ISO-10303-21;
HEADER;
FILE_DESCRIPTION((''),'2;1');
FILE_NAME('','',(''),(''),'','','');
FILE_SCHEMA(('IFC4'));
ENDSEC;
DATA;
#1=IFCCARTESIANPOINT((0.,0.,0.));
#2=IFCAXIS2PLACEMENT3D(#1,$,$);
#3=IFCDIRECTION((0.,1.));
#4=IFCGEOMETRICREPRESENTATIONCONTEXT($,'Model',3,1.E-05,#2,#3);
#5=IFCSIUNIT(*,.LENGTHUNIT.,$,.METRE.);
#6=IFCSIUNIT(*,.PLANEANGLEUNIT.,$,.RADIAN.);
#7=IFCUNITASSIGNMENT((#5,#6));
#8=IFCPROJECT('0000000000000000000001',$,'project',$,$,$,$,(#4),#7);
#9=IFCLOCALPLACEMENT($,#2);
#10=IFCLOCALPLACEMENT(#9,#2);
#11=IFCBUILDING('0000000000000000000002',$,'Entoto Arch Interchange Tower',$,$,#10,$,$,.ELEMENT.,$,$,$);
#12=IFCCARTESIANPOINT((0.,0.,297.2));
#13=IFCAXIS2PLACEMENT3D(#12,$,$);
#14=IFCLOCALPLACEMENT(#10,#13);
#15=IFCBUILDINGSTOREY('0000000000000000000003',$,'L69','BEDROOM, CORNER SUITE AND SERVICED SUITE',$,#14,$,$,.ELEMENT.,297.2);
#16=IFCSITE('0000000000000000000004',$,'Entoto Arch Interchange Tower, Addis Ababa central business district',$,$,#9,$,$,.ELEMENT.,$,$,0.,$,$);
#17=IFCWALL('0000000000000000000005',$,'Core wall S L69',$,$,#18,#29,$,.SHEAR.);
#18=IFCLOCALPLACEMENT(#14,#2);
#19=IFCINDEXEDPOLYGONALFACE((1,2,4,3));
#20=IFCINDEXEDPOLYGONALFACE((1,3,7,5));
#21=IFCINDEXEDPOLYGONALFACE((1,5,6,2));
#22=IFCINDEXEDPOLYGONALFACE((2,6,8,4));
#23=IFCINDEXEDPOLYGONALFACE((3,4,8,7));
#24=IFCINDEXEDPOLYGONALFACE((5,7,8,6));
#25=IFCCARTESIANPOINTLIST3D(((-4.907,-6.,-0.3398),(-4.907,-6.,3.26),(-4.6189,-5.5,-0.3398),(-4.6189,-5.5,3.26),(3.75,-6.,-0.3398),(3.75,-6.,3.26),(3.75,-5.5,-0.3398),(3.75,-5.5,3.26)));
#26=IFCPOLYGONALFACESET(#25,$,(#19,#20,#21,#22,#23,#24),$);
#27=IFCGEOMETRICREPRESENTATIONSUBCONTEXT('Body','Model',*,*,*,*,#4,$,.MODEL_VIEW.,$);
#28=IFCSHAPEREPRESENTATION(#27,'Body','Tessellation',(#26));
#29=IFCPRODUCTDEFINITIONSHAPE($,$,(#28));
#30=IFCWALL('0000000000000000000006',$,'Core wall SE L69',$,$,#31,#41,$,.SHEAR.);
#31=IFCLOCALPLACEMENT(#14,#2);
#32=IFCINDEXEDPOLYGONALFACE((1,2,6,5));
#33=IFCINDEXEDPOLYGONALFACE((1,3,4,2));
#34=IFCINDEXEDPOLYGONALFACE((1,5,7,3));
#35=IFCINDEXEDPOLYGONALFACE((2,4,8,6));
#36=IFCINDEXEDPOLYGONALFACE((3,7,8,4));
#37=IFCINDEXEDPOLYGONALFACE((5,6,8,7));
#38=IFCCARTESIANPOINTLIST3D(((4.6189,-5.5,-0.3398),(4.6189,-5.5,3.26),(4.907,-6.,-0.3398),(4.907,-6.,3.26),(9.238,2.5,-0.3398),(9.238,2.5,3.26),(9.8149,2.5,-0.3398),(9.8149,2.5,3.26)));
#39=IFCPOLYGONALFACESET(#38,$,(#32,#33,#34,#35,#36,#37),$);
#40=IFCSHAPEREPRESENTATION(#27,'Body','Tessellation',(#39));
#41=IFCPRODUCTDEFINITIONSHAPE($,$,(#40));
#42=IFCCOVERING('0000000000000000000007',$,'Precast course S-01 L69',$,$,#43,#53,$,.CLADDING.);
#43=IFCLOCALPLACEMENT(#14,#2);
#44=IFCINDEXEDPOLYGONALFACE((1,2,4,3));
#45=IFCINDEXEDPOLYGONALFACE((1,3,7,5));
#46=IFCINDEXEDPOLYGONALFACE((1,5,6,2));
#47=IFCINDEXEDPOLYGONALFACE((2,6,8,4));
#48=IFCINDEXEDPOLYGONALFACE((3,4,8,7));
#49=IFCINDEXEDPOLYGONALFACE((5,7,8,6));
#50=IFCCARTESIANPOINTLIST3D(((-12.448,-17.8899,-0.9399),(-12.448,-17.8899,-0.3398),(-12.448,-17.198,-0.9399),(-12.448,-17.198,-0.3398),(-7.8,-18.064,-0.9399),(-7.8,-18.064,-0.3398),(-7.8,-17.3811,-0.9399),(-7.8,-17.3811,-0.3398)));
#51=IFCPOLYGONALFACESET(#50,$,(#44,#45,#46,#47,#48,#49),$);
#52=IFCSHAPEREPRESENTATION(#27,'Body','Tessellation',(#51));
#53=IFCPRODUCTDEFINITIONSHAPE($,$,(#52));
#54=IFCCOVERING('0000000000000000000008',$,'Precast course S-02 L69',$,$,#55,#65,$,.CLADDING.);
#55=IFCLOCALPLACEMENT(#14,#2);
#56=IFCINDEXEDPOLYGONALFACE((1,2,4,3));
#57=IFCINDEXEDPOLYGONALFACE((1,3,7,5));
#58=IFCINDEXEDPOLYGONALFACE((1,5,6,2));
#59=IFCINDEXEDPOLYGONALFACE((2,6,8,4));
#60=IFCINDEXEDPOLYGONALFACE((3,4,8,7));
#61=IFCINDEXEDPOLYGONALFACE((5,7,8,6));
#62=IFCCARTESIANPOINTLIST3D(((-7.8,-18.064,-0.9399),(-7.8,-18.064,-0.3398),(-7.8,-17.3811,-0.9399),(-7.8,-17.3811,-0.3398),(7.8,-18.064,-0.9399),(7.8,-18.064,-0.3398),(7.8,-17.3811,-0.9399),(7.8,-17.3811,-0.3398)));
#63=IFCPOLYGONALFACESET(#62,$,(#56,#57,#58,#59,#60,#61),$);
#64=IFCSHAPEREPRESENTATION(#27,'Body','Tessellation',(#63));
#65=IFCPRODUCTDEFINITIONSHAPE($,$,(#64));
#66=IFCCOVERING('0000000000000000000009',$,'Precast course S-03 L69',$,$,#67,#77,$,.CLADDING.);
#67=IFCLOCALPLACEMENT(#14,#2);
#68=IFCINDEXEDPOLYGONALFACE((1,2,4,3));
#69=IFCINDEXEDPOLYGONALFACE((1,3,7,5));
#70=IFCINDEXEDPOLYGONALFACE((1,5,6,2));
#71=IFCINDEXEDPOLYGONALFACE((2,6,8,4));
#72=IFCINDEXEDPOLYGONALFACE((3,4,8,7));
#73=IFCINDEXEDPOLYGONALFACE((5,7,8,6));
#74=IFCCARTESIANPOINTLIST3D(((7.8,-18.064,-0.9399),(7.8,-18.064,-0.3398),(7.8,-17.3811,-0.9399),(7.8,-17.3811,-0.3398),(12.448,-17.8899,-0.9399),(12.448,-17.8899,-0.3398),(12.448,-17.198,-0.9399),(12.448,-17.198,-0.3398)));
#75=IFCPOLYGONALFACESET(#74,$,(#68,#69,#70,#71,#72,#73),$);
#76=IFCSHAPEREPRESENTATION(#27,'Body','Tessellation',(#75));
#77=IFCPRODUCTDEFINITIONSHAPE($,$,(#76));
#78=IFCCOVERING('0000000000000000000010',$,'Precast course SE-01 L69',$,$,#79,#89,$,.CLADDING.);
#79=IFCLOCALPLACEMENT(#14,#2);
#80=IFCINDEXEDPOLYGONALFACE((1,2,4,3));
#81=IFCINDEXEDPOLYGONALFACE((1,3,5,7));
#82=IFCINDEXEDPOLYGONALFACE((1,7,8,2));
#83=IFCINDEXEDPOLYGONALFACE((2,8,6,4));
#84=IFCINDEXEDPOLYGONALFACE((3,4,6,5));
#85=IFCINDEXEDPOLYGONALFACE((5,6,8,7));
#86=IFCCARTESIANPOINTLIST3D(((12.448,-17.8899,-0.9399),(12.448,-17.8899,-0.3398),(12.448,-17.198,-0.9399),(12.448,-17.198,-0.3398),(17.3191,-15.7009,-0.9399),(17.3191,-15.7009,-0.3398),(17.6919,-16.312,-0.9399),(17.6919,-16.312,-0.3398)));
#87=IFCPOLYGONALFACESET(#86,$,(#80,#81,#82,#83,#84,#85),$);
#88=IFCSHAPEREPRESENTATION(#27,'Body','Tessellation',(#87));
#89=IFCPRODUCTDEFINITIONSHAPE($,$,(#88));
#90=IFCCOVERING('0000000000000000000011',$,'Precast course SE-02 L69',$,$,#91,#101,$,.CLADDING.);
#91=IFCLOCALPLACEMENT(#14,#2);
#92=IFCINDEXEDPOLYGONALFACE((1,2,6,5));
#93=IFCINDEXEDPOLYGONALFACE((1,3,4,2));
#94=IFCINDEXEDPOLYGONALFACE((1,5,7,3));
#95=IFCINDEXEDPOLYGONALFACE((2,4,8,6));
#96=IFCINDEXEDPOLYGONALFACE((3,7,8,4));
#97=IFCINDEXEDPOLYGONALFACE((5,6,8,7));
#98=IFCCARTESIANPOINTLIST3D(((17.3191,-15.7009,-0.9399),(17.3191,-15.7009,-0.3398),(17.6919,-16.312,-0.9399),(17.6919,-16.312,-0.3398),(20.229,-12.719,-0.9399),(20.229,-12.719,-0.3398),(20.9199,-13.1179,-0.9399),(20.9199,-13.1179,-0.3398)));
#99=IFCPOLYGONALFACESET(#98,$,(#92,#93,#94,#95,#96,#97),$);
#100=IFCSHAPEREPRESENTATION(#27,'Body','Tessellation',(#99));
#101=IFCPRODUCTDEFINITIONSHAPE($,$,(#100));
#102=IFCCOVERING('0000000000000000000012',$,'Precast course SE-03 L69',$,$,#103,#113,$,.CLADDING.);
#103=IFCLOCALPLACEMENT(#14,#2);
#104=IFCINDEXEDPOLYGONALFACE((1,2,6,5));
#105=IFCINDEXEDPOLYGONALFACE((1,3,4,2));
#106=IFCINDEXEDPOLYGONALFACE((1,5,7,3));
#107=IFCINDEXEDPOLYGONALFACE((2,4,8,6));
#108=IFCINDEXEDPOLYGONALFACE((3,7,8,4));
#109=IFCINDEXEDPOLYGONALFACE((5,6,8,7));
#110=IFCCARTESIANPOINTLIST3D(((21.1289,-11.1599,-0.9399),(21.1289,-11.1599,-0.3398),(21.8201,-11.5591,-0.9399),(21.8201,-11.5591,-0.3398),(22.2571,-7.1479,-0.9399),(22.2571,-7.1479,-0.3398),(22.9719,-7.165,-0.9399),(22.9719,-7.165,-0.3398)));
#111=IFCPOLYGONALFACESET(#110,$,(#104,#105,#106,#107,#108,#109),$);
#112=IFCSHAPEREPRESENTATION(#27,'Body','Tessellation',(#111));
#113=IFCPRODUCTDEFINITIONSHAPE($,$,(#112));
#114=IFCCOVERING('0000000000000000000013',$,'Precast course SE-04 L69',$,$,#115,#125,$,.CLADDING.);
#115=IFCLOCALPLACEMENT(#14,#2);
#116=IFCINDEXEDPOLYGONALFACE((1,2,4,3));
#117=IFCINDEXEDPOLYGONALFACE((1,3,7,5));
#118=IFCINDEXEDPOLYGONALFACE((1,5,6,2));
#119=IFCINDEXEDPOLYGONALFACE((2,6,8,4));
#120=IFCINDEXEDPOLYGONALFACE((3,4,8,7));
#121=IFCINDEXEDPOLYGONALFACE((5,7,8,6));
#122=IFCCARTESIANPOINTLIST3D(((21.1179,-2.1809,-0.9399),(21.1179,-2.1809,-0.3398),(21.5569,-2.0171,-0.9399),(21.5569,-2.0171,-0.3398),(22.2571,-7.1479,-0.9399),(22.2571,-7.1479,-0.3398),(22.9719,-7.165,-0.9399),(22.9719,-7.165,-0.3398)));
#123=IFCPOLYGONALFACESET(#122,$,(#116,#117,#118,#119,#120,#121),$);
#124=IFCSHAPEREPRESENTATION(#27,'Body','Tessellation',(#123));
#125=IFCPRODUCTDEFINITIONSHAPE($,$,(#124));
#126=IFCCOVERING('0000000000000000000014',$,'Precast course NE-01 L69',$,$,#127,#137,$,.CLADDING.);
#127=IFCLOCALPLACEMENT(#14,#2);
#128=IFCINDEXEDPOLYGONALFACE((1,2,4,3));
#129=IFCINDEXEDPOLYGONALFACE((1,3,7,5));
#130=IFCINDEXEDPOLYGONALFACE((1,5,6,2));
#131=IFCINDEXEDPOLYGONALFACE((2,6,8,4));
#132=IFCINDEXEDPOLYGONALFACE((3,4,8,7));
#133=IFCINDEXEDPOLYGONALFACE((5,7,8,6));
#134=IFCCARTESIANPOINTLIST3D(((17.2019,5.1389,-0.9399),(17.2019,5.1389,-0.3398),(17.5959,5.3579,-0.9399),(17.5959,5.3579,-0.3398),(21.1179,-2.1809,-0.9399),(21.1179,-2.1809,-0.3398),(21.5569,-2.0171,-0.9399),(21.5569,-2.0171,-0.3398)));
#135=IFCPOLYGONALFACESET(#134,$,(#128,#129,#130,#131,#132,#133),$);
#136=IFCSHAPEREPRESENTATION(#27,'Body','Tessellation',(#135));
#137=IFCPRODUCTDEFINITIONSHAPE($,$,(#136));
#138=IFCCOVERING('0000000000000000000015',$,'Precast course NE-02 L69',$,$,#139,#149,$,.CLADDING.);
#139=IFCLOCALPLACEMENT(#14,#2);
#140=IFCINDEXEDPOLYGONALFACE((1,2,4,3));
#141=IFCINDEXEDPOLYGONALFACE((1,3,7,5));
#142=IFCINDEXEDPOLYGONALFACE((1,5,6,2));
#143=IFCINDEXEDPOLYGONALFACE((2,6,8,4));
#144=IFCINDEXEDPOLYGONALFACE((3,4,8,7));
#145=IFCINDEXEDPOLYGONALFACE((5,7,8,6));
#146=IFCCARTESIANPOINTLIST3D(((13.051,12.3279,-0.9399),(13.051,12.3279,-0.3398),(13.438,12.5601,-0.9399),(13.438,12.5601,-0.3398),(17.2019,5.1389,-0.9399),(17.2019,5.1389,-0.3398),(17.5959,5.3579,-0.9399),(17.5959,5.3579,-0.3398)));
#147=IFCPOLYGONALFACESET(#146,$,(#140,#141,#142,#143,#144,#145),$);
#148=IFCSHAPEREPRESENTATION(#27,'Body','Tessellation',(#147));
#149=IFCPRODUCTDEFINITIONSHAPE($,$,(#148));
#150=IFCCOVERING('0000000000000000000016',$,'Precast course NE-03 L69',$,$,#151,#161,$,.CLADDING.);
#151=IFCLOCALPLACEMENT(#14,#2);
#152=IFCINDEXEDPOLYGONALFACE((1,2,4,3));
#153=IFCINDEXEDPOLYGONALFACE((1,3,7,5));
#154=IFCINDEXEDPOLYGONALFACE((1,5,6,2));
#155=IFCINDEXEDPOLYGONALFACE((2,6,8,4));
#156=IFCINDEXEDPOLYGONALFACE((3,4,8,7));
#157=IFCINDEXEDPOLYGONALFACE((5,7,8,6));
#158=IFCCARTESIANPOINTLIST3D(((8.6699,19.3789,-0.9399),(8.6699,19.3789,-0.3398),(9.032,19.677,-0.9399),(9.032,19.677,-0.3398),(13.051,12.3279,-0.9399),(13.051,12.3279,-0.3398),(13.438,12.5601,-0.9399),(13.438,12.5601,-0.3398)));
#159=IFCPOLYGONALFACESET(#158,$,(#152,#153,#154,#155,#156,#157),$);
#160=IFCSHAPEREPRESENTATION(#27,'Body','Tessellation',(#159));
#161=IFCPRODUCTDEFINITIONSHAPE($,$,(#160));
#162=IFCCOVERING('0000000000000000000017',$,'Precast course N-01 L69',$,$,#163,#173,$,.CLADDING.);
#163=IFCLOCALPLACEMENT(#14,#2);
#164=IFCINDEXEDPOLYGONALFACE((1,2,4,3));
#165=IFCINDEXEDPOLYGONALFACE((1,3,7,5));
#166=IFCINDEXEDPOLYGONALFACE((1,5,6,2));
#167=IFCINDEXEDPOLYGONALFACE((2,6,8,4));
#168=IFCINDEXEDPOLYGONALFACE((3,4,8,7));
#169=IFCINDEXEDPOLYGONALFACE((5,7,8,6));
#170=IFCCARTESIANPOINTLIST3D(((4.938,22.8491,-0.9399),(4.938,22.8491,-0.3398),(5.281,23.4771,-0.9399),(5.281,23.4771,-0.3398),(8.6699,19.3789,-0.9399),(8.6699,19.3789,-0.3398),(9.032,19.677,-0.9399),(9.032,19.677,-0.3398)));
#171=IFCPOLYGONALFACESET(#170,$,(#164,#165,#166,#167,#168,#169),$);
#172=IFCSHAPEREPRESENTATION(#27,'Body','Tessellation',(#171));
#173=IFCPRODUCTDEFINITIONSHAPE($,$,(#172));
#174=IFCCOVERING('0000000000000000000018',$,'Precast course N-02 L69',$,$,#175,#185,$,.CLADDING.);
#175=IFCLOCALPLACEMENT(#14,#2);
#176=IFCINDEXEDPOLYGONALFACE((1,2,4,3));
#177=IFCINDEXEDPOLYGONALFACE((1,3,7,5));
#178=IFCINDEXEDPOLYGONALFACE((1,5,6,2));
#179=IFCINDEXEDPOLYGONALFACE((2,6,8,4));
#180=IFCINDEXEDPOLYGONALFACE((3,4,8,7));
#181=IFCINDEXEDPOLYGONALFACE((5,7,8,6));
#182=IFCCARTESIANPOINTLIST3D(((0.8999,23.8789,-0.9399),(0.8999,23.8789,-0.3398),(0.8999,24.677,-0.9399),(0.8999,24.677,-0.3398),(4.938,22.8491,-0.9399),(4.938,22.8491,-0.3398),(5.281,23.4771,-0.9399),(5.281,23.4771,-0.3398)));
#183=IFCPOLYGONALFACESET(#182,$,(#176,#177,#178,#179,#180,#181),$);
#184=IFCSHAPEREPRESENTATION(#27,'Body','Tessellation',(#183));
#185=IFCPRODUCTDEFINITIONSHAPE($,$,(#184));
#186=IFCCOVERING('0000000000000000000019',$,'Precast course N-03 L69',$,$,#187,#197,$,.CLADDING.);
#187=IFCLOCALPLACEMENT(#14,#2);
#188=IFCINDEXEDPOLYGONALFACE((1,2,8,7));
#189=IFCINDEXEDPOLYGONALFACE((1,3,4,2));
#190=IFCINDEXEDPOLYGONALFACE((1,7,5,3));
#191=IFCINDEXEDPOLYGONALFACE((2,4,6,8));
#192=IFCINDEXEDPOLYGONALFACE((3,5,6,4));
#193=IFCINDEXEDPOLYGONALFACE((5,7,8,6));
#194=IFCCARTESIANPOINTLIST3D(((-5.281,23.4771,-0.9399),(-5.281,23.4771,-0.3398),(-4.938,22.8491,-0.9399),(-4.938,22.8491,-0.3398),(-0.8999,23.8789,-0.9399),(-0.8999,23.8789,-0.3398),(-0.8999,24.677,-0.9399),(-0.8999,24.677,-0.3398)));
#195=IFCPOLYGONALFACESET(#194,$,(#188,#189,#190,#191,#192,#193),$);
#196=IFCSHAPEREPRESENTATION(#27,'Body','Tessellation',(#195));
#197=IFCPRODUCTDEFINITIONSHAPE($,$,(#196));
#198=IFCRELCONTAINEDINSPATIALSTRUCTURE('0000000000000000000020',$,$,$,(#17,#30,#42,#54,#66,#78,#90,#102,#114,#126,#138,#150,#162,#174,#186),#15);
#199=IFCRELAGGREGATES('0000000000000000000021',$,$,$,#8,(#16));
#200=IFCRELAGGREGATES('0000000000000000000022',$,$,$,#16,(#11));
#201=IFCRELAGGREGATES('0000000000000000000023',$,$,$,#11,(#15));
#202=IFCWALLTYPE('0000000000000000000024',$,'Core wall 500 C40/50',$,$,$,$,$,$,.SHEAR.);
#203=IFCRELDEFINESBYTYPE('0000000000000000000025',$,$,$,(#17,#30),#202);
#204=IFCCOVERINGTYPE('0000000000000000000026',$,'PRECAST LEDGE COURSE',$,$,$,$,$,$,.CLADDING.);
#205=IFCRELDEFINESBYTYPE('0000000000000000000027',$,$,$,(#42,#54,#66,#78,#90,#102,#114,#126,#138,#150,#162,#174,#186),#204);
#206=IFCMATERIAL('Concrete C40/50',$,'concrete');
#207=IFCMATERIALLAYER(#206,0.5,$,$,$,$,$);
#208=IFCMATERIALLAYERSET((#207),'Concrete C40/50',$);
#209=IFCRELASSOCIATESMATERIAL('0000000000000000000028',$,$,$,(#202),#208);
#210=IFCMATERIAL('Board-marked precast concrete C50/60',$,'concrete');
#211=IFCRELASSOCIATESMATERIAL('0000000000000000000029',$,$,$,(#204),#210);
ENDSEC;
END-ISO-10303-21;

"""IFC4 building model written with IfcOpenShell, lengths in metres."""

from ifc_helpers import new_model, si_unit, direction, frame, origin, place, context, subcontext, project, spatial, polyline, outline, extrude, material, layer, layer_set, type_object, element, save


model = new_model("IFC4")

# Units and contexts
model_context = context("Model", 3, precision=1e-05, world=origin(), true_north=direction((0.0, 1.0)))
body_context = subcontext(model_context, "Body", "Model", "MODEL_VIEW")
ifc_project = project(units=[si_unit("LENGTHUNIT", "METRE"), si_unit("PLANEANGLEUNIT", "RADIAN")], contexts=[model_context])

# Site, building, storey
site_placement = place(None, origin())
site = spatial("IfcSite", under=ifc_project, at=site_placement, Name="Entoto Arch Interchange Tower, Addis Ababa central business district", CompositionType="ELEMENT", RefElevation=0.0)
building_placement = place(site_placement, origin())
building = spatial("IfcBuilding", under=site, at=building_placement, Name="Entoto Arch Interchange Tower", CompositionType="ELEMENT")
storey_placement = place(building_placement, frame((0.0, 0.0, 297.2)))
storey = spatial("IfcBuildingStorey", under=building, at=storey_placement, Name="L69", Description="BEDROOM, CORNER SUITE AND SERVICED SUITE", CompositionType="ELEMENT", Elevation=297.2)

# Walls
ifc_material_1 = material(Name="Concrete C40/50", Category="concrete")
ifc_layer = layer(ifc_material_1, 0.5)
ifc_layer_set = layer_set([ifc_layer], Name="Concrete C40/50")
wall_type = type_object("IfcWallType", Name="Core wall 500 C40/50", PredefinedType="SHEAR", material=ifc_layer_set)
wall_1_placement = place(storey_placement, frame((0.0, 0.0, -0.3398)))
element("IfcWall", 1, at=wall_1_placement, inside=storey, type_object=wall_type, Name="Core wall S L69", PredefinedType="SHEAR", context=body_context, shape_type="SweptSolid", body=[
    extrude(outline(polyline([(3.75, -6.0), (3.75, -5.5), (-4.6189, -5.5), (-4.907, -6.0), (3.75, -6.0)])), origin(), (0.0, 0.0, 1.0), 3.5999),
])
wall_2_placement = place(storey_placement, frame((0.0, 0.0, -0.3398)))
element("IfcWall", 2, at=wall_2_placement, inside=storey, type_object=wall_type, Name="Core wall SE L69", PredefinedType="SHEAR", context=body_context, shape_type="SweptSolid", body=[
    extrude(outline(polyline([(4.907, -6.0), (9.8149, 2.5), (9.238, 2.5), (4.6189, -5.5), (4.907, -6.0)])), origin(), (0.0, 0.0, 1.0), 3.5999),
])

# Coverings
ifc_material_2 = material(Name="Board-marked precast concrete C50/60", Category="concrete")
covering_type = type_object("IfcCoveringType", Name="PRECAST LEDGE COURSE", PredefinedType="CLADDING", material=ifc_material_2)
covering_1_placement = place(storey_placement, frame((0.0, 0.0, -0.9399)))
element("IfcCovering", 3, at=covering_1_placement, inside=storey, type_object=covering_type, Name="Precast course S-01 L69", PredefinedType="CLADDING", context=body_context, shape_type="SweptSolid", body=[
    extrude(outline(polyline([(-7.8, -17.3811), (-7.8, -18.064), (-12.448, -17.8899), (-12.448, -17.198), (-7.8, -17.3811)])), origin(), (0.0, 0.0, 1.0), 0.6001),
])
covering_2_placement = place(storey_placement, frame((0.0, 0.0, -0.9399)))
element("IfcCovering", 4, at=covering_2_placement, inside=storey, type_object=covering_type, Name="Precast course S-02 L69", PredefinedType="CLADDING", context=body_context, shape_type="SweptSolid", body=[
    extrude(outline(polyline([(7.8, -17.3811), (7.8, -18.064), (-7.8, -18.064), (-7.8, -17.3811), (7.8, -17.3811)])), origin(), (0.0, 0.0, 1.0), 0.6001),
])
covering_3_placement = place(storey_placement, frame((0.0, 0.0, -0.9399)))
element("IfcCovering", 5, at=covering_3_placement, inside=storey, type_object=covering_type, Name="Precast course S-03 L69", PredefinedType="CLADDING", context=body_context, shape_type="SweptSolid", body=[
    extrude(outline(polyline([(12.448, -17.198), (12.448, -17.8899), (7.8, -18.064), (7.8, -17.3811), (12.448, -17.198)])), origin(), (0.0, 0.0, 1.0), 0.6001),
])
covering_4_placement = place(storey_placement, frame((0.0, 0.0, -0.9399)))
element("IfcCovering", 6, at=covering_4_placement, inside=storey, type_object=covering_type, Name="Precast course SE-01 L69", PredefinedType="CLADDING", context=body_context, shape_type="SweptSolid", body=[
    extrude(outline(polyline([(17.3191, -15.7009), (17.6919, -16.312), (12.448, -17.8899), (12.448, -17.198), (17.3191, -15.7009)])), origin(), (0.0, 0.0, 1.0), 0.6001),
])
covering_5_placement = place(storey_placement, frame((0.0, 0.0, -0.9399)))
element("IfcCovering", 7, at=covering_5_placement, inside=storey, type_object=covering_type, Name="Precast course SE-02 L69", PredefinedType="CLADDING", context=body_context, shape_type="SweptSolid", body=[
    extrude(outline(polyline([(20.229, -12.719), (20.9199, -13.1179), (17.6919, -16.312), (17.3191, -15.7009), (20.229, -12.719)])), origin(), (0.0, 0.0, 1.0), 0.6001),
])
covering_6_placement = place(storey_placement, frame((0.0, 0.0, -0.9399)))
element("IfcCovering", 8, at=covering_6_placement, inside=storey, type_object=covering_type, Name="Precast course SE-03 L69", PredefinedType="CLADDING", context=body_context, shape_type="SweptSolid", body=[
    extrude(outline(polyline([(22.2571, -7.1479), (22.9719, -7.165), (21.8201, -11.5591), (21.1289, -11.1599), (22.2571, -7.1479)])), origin(), (0.0, 0.0, 1.0), 0.6001),
])
covering_7_placement = place(storey_placement, frame((0.0, 0.0, -0.9399)))
element("IfcCovering", 9, at=covering_7_placement, inside=storey, type_object=covering_type, Name="Precast course SE-04 L69", PredefinedType="CLADDING", context=body_context, shape_type="SweptSolid", body=[
    extrude(outline(polyline([(21.1179, -2.1809), (21.5569, -2.0171), (22.9719, -7.165), (22.2571, -7.1479), (21.1179, -2.1809)])), origin(), (0.0, 0.0, 1.0), 0.6001),
])
covering_8_placement = place(storey_placement, frame((0.0, 0.0, -0.9399)))
element("IfcCovering", 10, at=covering_8_placement, inside=storey, type_object=covering_type, Name="Precast course NE-01 L69", PredefinedType="CLADDING", context=body_context, shape_type="SweptSolid", body=[
    extrude(outline(polyline([(17.2019, 5.1389), (17.5959, 5.3579), (21.5569, -2.0171), (21.1179, -2.1809), (17.2019, 5.1389)])), origin(), (0.0, 0.0, 1.0), 0.6001),
])
covering_9_placement = place(storey_placement, frame((0.0, 0.0, -0.9399)))
element("IfcCovering", 11, at=covering_9_placement, inside=storey, type_object=covering_type, Name="Precast course NE-02 L69", PredefinedType="CLADDING", context=body_context, shape_type="SweptSolid", body=[
    extrude(outline(polyline([(13.051, 12.3279), (13.438, 12.5601), (17.5959, 5.3579), (17.2019, 5.1389), (13.051, 12.3279)])), origin(), (0.0, 0.0, 1.0), 0.6001),
])
covering_10_placement = place(storey_placement, frame((0.0, 0.0, -0.9399)))
element("IfcCovering", 12, at=covering_10_placement, inside=storey, type_object=covering_type, Name="Precast course NE-03 L69", PredefinedType="CLADDING", context=body_context, shape_type="SweptSolid", body=[
    extrude(outline(polyline([(8.6699, 19.3789), (9.032, 19.677), (13.438, 12.5601), (13.051, 12.3279), (8.6699, 19.3789)])), origin(), (0.0, 0.0, 1.0), 0.6001),
])
covering_11_placement = place(storey_placement, frame((0.0, 0.0, -0.9399)))
element("IfcCovering", 13, at=covering_11_placement, inside=storey, type_object=covering_type, Name="Precast course N-01 L69", PredefinedType="CLADDING", context=body_context, shape_type="SweptSolid", body=[
    extrude(outline(polyline([(4.938, 22.8491), (5.281, 23.4771), (9.032, 19.677), (8.6699, 19.3789), (4.938, 22.8491)])), origin(), (0.0, 0.0, 1.0), 0.6001),
])
covering_12_placement = place(storey_placement, frame((0.0, 0.0, -0.9399)))
element("IfcCovering", 14, at=covering_12_placement, inside=storey, type_object=covering_type, Name="Precast course N-02 L69", PredefinedType="CLADDING", context=body_context, shape_type="SweptSolid", body=[
    extrude(outline(polyline([(0.8999, 23.8789), (0.8999, 24.677), (5.281, 23.4771), (4.938, 22.8491), (0.8999, 23.8789)])), origin(), (0.0, 0.0, 1.0), 0.6001),
])
covering_13_placement = place(storey_placement, frame((0.0, 0.0, -0.9399)))
element("IfcCovering", 15, at=covering_13_placement, inside=storey, type_object=covering_type, Name="Precast course N-03 L69", PredefinedType="CLADDING", context=body_context, shape_type="SweptSolid", body=[
    extrude(outline(polyline([(-4.938, 22.8491), (-5.281, 23.4771), (-0.8999, 24.677), (-0.8999, 23.8789), (-4.938, 22.8491)])), origin(), (0.0, 0.0, 1.0), 0.6001),
])

save(model, "model.ifc")
